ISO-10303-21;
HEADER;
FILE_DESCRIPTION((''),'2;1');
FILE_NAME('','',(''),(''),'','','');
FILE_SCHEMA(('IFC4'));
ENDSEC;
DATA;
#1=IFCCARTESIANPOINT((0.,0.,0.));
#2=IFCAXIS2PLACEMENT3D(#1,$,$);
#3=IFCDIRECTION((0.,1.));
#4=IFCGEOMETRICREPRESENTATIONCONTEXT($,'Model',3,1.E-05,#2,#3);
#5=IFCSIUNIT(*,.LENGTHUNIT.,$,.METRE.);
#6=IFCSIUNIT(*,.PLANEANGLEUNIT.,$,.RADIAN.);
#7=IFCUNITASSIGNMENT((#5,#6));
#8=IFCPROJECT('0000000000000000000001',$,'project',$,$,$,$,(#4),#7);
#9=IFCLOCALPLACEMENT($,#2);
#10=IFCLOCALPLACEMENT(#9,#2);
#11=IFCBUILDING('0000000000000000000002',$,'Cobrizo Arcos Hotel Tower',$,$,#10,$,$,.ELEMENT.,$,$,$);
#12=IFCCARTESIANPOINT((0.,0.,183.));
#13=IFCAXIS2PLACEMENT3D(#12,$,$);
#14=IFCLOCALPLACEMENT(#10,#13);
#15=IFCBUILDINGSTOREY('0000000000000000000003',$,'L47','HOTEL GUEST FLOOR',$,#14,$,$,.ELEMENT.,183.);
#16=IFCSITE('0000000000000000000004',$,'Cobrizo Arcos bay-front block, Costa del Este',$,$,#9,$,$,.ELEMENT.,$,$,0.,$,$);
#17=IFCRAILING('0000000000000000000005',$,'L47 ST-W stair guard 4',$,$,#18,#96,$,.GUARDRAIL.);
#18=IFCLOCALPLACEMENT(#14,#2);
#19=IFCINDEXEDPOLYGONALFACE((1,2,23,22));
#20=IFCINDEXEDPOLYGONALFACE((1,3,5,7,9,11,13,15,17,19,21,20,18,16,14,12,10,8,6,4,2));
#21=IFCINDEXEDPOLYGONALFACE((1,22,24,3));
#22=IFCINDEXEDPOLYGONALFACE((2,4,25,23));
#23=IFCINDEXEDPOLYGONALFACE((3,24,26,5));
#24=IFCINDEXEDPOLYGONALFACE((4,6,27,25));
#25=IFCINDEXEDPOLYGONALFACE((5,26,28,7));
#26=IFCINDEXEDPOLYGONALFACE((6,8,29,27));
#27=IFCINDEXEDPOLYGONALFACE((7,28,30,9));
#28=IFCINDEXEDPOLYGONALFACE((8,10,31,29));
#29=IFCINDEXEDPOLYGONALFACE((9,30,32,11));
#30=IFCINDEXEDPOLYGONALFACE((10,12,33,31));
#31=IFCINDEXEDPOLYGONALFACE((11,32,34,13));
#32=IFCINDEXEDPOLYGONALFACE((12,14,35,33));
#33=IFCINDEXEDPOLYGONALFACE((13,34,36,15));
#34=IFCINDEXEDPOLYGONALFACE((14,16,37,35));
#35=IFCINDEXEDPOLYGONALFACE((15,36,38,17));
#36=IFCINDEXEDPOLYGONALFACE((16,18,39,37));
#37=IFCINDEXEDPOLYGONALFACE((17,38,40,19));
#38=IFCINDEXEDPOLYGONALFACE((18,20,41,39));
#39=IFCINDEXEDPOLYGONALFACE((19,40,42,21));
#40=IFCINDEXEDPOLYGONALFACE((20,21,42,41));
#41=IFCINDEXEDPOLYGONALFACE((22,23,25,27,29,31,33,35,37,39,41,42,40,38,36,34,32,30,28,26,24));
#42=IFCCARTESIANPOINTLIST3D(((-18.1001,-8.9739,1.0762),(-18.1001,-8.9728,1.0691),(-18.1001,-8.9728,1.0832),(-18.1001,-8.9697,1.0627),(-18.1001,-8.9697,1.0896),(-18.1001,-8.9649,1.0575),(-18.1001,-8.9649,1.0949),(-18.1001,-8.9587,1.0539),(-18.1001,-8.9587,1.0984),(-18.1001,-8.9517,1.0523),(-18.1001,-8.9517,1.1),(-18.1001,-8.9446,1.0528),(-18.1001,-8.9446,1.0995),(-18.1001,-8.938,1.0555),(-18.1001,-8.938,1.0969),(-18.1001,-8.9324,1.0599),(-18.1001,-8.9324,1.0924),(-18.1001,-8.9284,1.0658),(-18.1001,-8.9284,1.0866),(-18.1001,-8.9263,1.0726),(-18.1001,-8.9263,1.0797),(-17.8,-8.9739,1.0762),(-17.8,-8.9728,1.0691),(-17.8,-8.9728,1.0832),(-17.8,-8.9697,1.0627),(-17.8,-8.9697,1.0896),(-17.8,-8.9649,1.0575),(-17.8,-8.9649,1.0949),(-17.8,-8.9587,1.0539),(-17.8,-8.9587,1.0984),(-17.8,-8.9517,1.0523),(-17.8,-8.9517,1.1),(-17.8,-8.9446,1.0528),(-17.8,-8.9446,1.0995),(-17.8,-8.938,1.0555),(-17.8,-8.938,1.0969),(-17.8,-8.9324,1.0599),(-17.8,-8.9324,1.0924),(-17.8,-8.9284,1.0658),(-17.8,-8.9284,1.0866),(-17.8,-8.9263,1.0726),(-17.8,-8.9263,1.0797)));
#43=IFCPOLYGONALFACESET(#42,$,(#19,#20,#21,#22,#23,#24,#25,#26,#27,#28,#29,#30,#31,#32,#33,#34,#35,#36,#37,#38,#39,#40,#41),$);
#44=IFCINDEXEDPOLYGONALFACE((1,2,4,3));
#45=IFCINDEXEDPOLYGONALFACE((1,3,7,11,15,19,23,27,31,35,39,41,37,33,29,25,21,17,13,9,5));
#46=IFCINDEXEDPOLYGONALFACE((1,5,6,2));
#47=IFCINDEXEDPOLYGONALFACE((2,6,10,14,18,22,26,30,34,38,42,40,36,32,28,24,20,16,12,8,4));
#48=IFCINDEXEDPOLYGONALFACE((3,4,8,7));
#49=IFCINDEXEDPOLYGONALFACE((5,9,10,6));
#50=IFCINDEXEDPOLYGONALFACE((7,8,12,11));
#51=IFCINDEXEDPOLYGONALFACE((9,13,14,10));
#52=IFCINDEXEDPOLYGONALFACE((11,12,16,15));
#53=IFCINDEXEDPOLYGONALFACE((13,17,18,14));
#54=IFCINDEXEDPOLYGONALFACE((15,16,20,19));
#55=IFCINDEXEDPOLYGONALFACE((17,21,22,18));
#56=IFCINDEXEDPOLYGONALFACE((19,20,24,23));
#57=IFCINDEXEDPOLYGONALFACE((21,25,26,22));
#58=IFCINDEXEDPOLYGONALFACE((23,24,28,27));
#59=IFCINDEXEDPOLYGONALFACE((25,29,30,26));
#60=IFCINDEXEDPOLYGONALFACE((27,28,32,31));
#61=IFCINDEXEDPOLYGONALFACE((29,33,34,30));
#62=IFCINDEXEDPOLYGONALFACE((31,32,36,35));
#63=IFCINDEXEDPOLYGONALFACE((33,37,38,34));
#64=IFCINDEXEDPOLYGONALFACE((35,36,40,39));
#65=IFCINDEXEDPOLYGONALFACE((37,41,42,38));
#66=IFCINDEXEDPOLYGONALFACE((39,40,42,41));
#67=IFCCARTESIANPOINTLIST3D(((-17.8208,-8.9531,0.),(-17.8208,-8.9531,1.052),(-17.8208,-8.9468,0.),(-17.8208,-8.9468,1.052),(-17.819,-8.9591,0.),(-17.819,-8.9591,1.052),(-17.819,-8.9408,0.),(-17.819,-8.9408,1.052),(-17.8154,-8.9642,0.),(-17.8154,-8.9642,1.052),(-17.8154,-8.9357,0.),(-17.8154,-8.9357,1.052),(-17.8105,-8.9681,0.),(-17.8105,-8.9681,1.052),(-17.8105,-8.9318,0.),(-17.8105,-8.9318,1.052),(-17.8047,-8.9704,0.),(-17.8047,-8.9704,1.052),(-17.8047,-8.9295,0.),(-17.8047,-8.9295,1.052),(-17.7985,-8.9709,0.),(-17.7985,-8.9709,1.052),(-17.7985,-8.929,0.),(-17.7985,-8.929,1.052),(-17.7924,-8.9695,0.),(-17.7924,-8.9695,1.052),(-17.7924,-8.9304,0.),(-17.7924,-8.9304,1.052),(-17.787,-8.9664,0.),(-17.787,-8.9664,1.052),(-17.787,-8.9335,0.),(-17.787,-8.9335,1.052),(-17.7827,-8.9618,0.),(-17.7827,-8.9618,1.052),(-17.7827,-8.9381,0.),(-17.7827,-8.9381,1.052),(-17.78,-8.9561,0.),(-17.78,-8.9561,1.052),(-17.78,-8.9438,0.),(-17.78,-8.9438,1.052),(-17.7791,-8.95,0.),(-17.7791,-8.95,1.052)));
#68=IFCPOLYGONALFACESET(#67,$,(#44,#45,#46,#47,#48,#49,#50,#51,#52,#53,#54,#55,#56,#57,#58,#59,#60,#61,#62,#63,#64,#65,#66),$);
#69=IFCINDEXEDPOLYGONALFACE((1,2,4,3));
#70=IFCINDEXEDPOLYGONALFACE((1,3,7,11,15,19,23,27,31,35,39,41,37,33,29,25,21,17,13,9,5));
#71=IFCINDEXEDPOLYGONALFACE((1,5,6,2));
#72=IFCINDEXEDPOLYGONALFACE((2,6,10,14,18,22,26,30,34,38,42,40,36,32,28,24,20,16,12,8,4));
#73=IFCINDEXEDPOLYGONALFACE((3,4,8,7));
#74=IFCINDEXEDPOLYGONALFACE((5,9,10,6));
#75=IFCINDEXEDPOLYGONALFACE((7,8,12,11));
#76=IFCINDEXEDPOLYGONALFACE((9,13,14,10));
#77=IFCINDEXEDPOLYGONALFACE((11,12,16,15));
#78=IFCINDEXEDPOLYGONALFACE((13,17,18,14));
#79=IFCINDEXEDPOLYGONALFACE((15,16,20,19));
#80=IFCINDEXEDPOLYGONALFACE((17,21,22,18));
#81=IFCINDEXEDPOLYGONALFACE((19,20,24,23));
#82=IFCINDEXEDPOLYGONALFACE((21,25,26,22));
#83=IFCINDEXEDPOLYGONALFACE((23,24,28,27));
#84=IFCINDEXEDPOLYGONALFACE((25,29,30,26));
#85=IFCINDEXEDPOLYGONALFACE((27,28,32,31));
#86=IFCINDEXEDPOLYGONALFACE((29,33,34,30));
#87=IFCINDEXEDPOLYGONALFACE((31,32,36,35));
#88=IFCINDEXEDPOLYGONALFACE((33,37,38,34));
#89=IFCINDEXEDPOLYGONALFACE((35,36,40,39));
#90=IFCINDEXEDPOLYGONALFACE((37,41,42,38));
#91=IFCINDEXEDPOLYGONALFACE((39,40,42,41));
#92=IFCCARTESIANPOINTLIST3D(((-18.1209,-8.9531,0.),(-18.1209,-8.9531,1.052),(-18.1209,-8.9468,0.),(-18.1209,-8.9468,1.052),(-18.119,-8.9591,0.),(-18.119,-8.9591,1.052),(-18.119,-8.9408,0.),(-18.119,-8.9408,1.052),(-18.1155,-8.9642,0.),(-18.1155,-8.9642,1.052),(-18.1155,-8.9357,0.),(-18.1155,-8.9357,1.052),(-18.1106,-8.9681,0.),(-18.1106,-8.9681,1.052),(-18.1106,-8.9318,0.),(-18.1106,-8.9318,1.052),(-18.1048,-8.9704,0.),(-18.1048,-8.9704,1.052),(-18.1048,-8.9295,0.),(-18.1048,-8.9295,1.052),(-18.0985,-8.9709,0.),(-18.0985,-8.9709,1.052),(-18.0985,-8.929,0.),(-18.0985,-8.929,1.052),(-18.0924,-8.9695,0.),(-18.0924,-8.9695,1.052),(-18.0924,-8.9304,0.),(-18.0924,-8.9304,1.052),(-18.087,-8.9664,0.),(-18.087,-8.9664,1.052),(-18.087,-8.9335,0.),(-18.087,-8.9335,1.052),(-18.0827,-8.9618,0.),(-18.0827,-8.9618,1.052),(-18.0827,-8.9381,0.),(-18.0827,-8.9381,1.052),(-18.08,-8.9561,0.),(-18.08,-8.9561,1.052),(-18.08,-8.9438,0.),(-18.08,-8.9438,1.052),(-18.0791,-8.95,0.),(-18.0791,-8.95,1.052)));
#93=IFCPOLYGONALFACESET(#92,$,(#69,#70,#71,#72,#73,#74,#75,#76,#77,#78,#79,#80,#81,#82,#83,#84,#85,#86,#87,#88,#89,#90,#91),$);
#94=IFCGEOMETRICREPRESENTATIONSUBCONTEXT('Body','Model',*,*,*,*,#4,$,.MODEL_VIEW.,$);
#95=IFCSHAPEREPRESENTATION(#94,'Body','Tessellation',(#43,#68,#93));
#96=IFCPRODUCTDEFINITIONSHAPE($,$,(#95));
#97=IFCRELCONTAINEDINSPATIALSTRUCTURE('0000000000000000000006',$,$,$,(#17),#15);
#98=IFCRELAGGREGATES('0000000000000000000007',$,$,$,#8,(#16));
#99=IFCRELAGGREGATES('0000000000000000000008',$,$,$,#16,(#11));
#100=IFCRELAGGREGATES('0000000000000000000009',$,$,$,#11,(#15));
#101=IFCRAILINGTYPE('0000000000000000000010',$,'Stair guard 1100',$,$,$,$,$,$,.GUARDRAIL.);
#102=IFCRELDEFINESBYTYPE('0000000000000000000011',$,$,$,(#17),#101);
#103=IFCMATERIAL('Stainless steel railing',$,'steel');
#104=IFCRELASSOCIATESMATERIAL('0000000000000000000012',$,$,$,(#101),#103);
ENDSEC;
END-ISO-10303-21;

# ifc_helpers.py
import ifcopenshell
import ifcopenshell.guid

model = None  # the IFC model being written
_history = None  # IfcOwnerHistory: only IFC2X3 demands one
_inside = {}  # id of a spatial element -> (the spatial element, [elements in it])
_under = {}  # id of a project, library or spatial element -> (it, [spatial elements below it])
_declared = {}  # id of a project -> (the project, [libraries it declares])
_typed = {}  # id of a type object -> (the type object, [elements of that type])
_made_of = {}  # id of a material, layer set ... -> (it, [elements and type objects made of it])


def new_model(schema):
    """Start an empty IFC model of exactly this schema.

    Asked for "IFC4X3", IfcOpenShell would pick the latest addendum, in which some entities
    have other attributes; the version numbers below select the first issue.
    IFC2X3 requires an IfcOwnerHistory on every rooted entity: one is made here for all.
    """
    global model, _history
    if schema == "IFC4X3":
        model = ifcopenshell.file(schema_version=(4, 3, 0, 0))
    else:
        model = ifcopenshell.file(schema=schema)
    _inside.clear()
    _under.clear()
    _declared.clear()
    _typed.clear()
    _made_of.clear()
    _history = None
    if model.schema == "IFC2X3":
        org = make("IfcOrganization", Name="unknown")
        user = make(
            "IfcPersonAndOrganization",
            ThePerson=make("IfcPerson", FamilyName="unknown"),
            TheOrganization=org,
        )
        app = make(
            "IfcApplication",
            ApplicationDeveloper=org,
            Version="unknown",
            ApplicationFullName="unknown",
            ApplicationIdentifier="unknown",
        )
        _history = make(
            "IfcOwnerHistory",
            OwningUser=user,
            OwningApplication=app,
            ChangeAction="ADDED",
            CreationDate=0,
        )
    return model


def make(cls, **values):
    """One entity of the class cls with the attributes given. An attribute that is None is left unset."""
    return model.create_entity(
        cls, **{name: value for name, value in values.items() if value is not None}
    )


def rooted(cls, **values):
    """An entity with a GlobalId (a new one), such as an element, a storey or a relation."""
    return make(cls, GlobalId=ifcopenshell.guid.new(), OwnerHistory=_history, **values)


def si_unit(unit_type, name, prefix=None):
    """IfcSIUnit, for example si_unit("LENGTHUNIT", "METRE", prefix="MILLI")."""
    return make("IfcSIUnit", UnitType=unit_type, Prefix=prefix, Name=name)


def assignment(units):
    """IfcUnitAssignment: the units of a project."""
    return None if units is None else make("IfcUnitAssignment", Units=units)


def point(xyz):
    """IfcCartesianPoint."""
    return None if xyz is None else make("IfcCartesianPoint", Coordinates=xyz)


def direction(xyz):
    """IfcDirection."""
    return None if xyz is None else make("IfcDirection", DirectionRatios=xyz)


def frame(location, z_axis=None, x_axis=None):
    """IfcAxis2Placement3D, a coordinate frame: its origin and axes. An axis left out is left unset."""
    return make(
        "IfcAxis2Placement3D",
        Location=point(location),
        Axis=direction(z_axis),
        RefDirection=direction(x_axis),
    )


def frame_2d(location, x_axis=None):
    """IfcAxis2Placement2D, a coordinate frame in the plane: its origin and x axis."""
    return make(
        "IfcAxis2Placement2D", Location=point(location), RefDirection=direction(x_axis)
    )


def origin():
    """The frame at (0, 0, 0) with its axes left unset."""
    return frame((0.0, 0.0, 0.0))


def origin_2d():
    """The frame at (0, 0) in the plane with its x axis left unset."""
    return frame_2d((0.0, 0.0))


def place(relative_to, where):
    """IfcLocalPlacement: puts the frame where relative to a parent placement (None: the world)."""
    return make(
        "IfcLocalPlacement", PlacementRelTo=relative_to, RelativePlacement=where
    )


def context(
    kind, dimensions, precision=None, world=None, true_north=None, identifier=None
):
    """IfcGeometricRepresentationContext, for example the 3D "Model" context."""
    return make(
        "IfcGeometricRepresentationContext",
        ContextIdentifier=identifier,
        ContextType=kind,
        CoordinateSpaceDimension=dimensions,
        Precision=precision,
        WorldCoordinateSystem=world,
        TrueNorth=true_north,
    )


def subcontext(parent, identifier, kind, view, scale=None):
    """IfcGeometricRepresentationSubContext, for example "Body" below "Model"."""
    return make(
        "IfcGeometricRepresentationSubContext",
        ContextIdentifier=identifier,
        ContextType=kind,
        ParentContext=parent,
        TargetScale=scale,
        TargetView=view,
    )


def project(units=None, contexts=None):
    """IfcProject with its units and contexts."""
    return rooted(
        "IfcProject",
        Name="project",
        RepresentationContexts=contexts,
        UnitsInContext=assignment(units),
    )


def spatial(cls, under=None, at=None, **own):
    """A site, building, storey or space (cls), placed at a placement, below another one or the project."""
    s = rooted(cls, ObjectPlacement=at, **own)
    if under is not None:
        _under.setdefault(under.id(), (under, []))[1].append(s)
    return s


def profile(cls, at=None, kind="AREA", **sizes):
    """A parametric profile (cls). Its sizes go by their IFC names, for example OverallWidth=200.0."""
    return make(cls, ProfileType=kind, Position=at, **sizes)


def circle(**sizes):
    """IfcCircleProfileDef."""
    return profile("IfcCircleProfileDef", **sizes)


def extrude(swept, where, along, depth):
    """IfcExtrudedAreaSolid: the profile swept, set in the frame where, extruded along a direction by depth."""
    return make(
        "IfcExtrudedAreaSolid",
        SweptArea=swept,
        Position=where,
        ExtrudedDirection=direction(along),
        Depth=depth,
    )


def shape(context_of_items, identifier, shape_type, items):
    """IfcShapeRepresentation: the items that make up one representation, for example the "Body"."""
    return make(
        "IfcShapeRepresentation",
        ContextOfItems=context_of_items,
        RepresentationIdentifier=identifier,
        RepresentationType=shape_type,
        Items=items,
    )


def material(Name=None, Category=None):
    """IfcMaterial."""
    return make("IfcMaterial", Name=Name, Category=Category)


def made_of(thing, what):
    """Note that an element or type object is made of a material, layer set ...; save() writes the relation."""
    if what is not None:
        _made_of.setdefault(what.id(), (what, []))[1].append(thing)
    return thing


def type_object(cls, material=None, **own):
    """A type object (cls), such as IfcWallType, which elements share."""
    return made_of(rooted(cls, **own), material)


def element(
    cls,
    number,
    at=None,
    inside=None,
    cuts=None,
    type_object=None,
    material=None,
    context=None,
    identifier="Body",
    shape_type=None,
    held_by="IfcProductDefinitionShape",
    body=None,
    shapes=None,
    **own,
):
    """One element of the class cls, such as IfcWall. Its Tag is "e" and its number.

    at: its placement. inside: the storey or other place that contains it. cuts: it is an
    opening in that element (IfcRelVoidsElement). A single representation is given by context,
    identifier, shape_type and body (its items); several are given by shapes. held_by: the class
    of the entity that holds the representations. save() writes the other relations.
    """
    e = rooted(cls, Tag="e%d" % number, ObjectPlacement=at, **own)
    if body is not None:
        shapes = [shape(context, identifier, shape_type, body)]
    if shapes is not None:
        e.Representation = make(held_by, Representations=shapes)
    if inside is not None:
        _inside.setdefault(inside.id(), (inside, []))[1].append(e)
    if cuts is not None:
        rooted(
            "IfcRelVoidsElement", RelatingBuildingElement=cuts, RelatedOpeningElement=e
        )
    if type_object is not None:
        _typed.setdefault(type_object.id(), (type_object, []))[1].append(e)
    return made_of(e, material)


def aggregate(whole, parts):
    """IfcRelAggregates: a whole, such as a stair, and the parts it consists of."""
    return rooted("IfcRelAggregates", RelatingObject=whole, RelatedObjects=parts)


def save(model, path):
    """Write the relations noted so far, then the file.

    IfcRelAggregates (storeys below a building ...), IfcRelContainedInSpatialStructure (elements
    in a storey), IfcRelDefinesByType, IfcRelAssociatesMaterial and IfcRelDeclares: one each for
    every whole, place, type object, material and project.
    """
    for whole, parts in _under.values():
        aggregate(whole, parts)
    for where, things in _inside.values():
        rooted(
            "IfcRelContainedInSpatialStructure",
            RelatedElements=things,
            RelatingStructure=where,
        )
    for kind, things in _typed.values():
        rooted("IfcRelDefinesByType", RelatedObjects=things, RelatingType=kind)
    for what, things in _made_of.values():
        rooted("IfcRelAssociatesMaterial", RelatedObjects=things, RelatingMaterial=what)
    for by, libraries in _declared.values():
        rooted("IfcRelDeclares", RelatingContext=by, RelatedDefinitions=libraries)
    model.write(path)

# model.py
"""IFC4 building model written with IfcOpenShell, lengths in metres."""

from ifc_helpers import new_model, si_unit, direction, frame, origin, origin_2d, place, context, subcontext, project, spatial, circle, extrude, material, type_object, element, save


model = new_model("IFC4")

# Units and contexts
model_context = context("Model", 3, precision=1e-05, world=origin(), true_north=direction((0.0, 1.0)))
body_context = subcontext(model_context, "Body", "Model", "MODEL_VIEW")
ifc_project = project(units=[si_unit("LENGTHUNIT", "METRE"), si_unit("PLANEANGLEUNIT", "RADIAN")], contexts=[model_context])

# Site, building, storey
site_placement = place(None, origin())
site = spatial("IfcSite", under=ifc_project, at=site_placement, Name="Cobrizo Arcos bay-front block, Costa del Este", CompositionType="ELEMENT", RefElevation=0.0)
building_placement = place(site_placement, origin())
building = spatial("IfcBuilding", under=site, at=building_placement, Name="Cobrizo Arcos Hotel Tower", CompositionType="ELEMENT")
storey_placement = place(building_placement, frame((0.0, 0.0, 183.0)))
storey = spatial("IfcBuildingStorey", under=building, at=storey_placement, Name="L47", Description="HOTEL GUEST FLOOR", CompositionType="ELEMENT", Elevation=183.0)

# Railing
ifc_material_1 = material(Name="Stainless steel railing", Category="steel")
railing_type_1 = type_object("IfcRailingType", Name="Stair guard 1100", PredefinedType="GUARDRAIL", material=ifc_material_1)
railing_1_placement = place(storey_placement, frame((-17.8, -8.95, 0.0)))
element("IfcRailing", 1, at=railing_1_placement, inside=storey, type_object=railing_type_1, Name="L47 ST-W stair guard 4", PredefinedType="GUARDRAIL", context=body_context, shape_type="SweptSolid", body=[
    extrude(circle(Radius=0.0239, at=origin_2d()), frame((0.0, 0.0, 1.0762), z_axis=(-1.0, 0.0, 0.0), x_axis=(0.0, -1.0, 0.0)), (0.0, 0.0, 1.0), 0.3),
    extrude(circle(Radius=0.021, at=origin_2d()), origin(), (0.0, 0.0, 1.0), 1.052),
    extrude(circle(Radius=0.021, at=origin_2d()), frame((-0.3, 0.0, 0.0)), (0.0, 0.0, 1.0), 1.052),
])

save(model, "model.ifc")
